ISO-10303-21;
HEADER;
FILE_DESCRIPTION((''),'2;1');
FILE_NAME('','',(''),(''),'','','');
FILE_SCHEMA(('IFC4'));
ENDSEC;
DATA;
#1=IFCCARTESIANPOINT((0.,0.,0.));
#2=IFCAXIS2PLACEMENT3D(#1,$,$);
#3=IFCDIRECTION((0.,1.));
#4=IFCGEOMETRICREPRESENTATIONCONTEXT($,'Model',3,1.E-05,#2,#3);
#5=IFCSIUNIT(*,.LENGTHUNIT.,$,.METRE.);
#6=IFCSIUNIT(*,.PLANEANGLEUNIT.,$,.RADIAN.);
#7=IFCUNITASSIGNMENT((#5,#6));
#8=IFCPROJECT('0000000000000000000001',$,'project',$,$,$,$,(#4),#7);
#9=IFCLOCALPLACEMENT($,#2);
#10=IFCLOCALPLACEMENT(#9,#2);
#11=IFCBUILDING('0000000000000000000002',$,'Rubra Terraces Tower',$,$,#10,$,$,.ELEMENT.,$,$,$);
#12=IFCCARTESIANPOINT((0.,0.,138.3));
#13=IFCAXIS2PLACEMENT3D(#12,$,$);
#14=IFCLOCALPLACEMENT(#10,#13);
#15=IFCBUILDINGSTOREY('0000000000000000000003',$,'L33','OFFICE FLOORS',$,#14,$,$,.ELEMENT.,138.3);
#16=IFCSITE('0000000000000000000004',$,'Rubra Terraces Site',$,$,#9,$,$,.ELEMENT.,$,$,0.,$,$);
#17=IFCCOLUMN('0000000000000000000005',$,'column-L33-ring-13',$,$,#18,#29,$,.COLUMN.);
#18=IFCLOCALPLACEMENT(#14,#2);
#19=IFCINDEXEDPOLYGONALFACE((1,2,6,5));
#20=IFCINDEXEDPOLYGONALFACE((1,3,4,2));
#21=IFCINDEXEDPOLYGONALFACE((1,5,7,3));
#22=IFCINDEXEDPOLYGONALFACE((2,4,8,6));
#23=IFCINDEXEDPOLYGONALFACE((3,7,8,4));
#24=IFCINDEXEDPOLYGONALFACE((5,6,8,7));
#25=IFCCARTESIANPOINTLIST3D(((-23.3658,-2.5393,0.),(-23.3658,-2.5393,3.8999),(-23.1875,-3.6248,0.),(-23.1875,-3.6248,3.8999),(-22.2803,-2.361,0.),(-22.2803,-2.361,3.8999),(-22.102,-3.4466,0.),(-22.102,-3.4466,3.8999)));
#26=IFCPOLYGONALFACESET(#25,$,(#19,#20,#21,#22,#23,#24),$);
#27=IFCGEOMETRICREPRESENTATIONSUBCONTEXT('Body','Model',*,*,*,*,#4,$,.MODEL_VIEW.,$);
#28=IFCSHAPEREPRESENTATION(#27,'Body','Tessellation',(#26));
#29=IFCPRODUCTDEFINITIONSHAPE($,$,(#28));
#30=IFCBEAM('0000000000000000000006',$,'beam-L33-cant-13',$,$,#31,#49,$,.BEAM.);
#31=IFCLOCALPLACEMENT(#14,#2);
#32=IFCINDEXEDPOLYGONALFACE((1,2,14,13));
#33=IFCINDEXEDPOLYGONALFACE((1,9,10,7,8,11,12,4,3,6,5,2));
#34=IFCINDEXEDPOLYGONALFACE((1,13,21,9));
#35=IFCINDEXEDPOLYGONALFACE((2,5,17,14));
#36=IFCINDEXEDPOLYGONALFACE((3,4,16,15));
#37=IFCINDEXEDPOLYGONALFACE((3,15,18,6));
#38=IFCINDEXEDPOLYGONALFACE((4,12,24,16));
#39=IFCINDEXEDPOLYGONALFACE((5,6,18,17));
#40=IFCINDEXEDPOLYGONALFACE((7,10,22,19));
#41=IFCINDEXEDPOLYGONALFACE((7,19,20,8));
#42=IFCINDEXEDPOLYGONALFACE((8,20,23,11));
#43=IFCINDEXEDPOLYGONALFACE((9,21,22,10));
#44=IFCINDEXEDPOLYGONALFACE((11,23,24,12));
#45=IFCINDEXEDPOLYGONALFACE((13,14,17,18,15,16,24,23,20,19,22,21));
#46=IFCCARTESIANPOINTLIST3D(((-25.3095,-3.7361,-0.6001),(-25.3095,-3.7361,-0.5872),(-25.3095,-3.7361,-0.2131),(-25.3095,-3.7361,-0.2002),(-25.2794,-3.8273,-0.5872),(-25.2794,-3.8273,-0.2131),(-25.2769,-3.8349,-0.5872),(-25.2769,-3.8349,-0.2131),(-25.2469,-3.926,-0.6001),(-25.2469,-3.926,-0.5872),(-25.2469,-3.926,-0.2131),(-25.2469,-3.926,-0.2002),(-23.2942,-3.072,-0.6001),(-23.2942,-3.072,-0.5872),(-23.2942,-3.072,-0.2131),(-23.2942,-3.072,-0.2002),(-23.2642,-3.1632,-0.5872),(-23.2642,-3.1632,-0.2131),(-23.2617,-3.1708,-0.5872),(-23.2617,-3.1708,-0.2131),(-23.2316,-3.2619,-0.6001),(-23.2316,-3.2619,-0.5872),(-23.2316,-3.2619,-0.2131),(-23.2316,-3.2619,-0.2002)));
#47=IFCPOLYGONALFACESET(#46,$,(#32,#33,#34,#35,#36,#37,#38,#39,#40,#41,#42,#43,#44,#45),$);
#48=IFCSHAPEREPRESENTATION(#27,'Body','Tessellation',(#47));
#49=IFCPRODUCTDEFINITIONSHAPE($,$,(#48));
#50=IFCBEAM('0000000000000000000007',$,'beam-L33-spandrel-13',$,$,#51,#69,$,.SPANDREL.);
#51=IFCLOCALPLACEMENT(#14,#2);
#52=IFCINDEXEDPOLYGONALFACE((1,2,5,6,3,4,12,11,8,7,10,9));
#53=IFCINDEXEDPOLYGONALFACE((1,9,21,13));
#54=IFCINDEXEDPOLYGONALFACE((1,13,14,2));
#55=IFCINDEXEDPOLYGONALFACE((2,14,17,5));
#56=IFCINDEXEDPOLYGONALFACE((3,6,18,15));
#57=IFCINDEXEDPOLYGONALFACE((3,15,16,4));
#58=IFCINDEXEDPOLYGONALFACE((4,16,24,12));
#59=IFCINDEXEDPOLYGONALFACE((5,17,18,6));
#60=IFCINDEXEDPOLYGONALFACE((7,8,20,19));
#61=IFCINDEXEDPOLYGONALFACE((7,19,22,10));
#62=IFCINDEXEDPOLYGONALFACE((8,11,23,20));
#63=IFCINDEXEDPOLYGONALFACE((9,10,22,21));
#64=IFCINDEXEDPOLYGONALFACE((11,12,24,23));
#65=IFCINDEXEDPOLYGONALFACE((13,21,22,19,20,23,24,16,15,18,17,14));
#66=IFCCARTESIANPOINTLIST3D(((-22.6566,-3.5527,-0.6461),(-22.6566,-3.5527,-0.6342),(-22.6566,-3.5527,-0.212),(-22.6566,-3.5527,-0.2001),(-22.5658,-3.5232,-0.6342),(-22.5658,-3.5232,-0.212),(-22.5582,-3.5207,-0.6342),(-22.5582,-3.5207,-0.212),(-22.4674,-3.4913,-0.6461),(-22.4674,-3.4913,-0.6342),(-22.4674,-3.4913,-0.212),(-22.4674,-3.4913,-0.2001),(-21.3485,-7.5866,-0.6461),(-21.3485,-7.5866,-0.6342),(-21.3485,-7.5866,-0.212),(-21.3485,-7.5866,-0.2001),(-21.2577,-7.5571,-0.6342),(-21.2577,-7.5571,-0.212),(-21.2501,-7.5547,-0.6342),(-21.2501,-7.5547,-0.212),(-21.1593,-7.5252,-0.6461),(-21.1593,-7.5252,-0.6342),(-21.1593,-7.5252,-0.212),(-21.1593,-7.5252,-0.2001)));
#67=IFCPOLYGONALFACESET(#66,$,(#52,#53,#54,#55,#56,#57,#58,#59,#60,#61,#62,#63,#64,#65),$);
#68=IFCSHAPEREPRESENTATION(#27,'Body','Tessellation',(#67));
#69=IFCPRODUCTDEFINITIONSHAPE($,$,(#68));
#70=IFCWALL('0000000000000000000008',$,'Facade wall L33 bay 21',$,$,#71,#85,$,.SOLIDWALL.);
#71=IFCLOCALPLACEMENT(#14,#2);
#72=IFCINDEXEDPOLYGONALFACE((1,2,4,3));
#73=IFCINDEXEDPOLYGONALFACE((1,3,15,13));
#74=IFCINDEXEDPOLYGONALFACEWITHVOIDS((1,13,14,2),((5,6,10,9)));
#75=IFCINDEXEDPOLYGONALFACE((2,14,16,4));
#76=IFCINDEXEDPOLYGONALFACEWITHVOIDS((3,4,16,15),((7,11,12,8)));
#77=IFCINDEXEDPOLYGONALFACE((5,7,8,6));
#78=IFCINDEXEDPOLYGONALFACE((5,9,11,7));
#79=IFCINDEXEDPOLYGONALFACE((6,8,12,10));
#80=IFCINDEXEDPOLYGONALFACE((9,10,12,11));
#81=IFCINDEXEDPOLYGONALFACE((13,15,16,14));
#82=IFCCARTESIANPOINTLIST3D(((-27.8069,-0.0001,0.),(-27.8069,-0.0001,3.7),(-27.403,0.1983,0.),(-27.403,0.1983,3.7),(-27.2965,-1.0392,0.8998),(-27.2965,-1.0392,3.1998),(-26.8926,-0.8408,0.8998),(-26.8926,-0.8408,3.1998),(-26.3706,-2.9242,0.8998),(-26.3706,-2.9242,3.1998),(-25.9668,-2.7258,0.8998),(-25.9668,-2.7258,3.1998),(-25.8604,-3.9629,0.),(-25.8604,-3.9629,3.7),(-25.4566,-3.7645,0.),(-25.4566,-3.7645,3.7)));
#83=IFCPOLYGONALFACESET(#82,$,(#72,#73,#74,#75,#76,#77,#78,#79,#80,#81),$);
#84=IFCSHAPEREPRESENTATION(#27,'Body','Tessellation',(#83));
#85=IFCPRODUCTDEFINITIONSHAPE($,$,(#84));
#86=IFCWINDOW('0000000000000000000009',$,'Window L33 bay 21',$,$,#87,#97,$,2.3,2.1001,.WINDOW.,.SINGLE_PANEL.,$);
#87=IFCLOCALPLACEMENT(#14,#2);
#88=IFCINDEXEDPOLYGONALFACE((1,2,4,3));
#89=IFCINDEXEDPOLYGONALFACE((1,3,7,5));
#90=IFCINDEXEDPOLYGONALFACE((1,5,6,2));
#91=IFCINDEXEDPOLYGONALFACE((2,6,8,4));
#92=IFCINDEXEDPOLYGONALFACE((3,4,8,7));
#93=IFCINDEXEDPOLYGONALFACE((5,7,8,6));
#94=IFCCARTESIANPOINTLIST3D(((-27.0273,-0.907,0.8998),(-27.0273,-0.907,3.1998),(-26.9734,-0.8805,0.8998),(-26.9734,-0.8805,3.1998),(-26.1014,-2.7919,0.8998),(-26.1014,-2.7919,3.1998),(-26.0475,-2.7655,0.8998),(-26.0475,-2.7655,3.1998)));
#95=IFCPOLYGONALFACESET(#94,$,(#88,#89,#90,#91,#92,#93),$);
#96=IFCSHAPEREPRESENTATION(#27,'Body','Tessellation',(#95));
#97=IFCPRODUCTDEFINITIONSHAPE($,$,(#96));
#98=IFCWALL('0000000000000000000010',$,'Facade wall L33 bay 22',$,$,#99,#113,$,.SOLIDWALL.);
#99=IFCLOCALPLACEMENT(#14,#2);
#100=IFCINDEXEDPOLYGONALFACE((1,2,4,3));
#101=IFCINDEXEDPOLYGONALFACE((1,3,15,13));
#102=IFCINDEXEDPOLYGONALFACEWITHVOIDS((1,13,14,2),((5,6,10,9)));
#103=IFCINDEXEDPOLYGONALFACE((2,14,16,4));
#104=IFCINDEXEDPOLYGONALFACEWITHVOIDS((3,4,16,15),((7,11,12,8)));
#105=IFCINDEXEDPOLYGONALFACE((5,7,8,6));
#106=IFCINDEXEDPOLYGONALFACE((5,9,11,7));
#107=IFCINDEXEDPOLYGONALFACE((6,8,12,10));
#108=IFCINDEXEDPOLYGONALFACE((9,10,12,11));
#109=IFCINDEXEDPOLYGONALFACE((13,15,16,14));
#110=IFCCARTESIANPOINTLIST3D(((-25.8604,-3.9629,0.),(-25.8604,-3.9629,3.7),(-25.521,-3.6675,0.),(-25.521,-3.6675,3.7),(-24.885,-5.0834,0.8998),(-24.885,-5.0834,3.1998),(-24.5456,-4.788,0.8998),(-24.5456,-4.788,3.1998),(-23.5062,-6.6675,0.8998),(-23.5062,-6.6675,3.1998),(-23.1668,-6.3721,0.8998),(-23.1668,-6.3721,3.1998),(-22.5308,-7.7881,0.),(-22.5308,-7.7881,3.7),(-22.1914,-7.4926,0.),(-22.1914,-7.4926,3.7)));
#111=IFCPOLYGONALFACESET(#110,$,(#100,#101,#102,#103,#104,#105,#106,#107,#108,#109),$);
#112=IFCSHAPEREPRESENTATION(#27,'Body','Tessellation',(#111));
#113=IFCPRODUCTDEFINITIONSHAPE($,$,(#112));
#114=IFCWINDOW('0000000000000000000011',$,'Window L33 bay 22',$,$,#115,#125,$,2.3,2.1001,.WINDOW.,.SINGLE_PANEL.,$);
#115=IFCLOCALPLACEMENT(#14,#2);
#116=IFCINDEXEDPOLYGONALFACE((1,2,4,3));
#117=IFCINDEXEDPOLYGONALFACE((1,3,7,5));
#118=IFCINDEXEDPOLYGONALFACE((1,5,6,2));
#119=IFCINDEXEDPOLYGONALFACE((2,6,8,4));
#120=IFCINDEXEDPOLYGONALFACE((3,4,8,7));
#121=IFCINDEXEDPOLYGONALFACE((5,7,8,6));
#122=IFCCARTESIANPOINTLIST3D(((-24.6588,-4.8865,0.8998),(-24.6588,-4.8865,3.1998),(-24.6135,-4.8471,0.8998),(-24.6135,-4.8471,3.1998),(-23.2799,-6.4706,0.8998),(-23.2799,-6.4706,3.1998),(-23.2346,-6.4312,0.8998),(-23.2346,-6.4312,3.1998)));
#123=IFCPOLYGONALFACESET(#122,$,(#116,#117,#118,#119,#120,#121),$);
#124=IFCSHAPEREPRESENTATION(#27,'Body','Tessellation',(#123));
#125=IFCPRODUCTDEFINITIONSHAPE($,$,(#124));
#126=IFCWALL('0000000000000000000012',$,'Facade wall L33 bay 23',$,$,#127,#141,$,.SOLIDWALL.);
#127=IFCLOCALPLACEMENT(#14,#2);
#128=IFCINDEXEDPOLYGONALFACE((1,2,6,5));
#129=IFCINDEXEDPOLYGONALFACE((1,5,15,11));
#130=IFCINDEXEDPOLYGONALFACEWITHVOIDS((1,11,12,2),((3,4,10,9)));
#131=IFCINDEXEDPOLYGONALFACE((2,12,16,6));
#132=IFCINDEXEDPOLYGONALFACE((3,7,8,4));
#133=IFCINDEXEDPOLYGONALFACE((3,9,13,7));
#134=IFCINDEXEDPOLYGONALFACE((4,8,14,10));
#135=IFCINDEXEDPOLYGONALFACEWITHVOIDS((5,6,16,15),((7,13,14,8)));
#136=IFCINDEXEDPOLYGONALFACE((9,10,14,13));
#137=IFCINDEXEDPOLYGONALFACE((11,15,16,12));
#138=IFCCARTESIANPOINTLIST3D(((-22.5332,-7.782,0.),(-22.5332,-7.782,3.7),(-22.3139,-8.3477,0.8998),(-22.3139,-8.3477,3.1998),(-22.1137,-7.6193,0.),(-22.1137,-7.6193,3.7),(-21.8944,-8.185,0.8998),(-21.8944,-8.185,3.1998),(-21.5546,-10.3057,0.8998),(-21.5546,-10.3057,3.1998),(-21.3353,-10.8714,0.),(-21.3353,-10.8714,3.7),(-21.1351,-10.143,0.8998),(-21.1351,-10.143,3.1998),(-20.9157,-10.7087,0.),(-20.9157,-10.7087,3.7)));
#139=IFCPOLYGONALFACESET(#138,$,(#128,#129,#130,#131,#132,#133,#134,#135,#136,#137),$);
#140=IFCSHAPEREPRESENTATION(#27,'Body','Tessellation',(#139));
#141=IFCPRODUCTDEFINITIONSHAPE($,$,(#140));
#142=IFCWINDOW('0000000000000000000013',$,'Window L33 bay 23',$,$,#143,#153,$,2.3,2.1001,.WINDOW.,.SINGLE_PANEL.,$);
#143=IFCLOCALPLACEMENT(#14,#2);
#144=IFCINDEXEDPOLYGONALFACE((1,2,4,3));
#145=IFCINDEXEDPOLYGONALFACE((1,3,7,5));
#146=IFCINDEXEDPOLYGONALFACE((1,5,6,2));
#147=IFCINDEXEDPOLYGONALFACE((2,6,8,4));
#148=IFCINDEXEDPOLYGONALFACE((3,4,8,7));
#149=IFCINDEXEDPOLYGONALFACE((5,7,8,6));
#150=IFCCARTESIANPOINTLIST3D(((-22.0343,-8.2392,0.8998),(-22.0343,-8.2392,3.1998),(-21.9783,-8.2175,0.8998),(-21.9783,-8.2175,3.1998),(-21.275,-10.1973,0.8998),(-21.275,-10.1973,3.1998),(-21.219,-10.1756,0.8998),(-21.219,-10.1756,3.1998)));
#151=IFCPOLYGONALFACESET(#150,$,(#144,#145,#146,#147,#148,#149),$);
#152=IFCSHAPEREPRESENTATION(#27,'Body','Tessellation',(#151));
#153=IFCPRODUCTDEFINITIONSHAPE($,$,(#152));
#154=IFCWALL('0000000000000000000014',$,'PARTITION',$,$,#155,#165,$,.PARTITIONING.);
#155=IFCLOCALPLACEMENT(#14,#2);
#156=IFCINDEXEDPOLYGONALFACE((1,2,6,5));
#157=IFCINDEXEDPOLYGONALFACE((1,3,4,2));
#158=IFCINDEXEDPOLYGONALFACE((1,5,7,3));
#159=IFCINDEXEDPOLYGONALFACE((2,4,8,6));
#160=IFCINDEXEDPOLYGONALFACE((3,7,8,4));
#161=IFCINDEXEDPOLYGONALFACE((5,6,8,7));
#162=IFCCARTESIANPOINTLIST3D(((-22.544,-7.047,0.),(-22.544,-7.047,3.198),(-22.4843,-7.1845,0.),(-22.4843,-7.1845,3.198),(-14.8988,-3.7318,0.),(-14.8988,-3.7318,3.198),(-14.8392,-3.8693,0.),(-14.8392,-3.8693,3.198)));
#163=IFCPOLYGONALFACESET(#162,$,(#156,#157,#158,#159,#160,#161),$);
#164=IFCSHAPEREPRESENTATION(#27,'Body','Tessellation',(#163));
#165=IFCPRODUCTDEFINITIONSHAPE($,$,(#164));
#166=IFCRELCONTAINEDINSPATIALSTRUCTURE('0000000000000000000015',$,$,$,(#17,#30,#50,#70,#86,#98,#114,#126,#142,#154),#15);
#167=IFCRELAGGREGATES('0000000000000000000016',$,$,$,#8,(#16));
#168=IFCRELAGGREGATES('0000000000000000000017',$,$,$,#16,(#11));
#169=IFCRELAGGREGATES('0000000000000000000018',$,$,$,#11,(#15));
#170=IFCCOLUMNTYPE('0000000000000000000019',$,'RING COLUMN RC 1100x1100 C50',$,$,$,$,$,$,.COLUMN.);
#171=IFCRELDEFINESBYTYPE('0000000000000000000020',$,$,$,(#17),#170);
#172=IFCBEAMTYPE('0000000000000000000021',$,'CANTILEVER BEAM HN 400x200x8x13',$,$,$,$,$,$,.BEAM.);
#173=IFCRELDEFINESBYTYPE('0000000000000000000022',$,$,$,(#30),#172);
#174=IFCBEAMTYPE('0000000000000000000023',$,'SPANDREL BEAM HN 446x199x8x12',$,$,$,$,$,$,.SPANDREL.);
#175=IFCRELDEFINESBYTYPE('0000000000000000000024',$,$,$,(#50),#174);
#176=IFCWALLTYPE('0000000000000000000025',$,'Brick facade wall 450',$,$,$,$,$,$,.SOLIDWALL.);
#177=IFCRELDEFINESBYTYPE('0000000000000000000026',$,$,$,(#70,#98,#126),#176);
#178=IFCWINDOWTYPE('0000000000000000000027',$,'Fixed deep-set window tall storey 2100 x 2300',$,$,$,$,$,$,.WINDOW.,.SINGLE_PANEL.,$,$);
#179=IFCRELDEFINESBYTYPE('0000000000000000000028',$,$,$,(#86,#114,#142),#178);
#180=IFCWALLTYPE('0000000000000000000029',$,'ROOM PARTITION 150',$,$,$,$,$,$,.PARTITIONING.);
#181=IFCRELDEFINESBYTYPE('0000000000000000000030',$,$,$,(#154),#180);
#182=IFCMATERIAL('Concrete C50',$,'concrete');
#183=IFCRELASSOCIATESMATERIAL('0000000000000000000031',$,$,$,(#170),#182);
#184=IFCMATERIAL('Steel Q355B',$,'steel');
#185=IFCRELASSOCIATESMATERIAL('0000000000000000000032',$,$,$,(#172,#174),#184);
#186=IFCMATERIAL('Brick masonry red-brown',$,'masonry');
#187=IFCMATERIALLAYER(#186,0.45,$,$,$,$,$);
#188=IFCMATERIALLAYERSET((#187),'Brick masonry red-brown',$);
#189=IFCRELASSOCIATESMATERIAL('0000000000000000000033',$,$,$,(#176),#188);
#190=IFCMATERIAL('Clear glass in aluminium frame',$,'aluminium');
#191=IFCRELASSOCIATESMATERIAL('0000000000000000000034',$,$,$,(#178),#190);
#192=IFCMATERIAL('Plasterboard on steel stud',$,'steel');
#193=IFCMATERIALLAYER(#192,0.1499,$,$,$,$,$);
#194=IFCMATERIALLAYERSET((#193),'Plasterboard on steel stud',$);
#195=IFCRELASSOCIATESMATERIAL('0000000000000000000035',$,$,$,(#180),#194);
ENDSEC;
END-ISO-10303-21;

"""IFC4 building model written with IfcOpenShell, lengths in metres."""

from ifc_helpers import new_model, si_unit, direction, frame, frame_2d, origin, origin_2d, place, context, subcontext, project, spatial, rectangle, i_section, extrude, material, layer, layer_set, material_profile, profile_set, type_object, element, fill, save


model = new_model("IFC4")

# Units and contexts
model_context = context("Model", 3, precision=1e-05, world=origin(), true_north=direction((0.0, 1.0)))
body_context = subcontext(model_context, "Body", "Model", "MODEL_VIEW")
ifc_project = project(units=[si_unit("LENGTHUNIT", "METRE"), si_unit("PLANEANGLEUNIT", "RADIAN")], contexts=[model_context])

# Site, building, storey
site_placement = place(None, origin())
site = spatial("IfcSite", under=ifc_project, at=site_placement, Name="Rubra Terraces Site", CompositionType="ELEMENT", RefElevation=0.0)
building_placement = place(site_placement, origin())
building = spatial("IfcBuilding", under=site, at=building_placement, Name="Rubra Terraces Tower", CompositionType="ELEMENT")
storey_placement = place(building_placement, frame((0.0, 0.0, 138.3)))
storey = spatial("IfcBuildingStorey", under=building, at=storey_placement, Name="L33", Description="OFFICE FLOORS", CompositionType="ELEMENT", Elevation=138.3)

# Column
ifc_material_1 = material(Name="Concrete C50", Category="concrete")
ifc_material_profile_1 = material_profile(ifc_material_1, rectangle(XDim=1.1001, YDim=1.1001, at=origin_2d()), Name="RC 1100x1100")
ifc_profile_set_1 = profile_set([ifc_material_profile_1], Name="Concrete C50")
column_type = type_object("IfcColumnType", Name="RING COLUMN RC 1100x1100 C50", PredefinedType="COLUMN", material=ifc_profile_set_1)
column_placement = place(storey_placement, frame((-22.7339, -2.9929, 0.0), z_axis=(0.0, 0.0, 1.0), x_axis=(0.162062, -0.986781, 0.0)))
element("IfcColumn", 1, at=column_placement, inside=storey, type_object=column_type, Name="column-L33-ring-13", PredefinedType="COLUMN", context=body_context, shape_type="SweptSolid", body=[
    extrude(rectangle(XDim=1.1001, YDim=1.1001, at=origin_2d()), origin(), (0.0, 0.0, 1.0), 3.8999),
])

# Beams
ifc_material_2 = material(Name="Steel Q355B", Category="steel")
ifc_material_profile_2 = material_profile(ifc_material_2, i_section(OverallWidth=0.2, OverallDepth=0.3999, WebThickness=0.0081, FlangeThickness=0.0129, at=origin_2d()), Name="HN 400x200x8x13")
ifc_profile_set_2 = profile_set([ifc_material_profile_2], Name="Steel Q355B")
beam_type_1 = type_object("IfcBeamType", Name="CANTILEVER BEAM HN 400x200x8x13", PredefinedType="BEAM", material=ifc_profile_set_2)
beam_1_placement = place(storey_placement, frame((-23.2629, -3.167, -0.4001), z_axis=(-0.949759, -0.312981, 0.0), x_axis=(0.312981, -0.949759, 0.0)))
element("IfcBeam", 2, at=beam_1_placement, inside=storey, type_object=beam_type_1, Name="beam-L33-cant-13", PredefinedType="BEAM", context=body_context, shape_type="SweptSolid", body=[
    extrude(i_section(OverallWidth=0.2, OverallDepth=0.3999, WebThickness=0.0081, FlangeThickness=0.0129, at=origin_2d()), origin(), (0.0, 0.0, 1.0), 2.1218),
])
ifc_material_profile_3 = material_profile(ifc_material_2, i_section(OverallWidth=0.199, OverallDepth=0.446, WebThickness=0.0081, FlangeThickness=0.012, at=origin_2d()), Name="HN 446x199x8x12")
ifc_profile_set_3 = profile_set([ifc_material_profile_3], Name="Steel Q355B")
beam_type_2 = type_object("IfcBeamType", Name="SPANDREL BEAM HN 446x199x8x12", PredefinedType="SPANDREL", material=ifc_profile_set_3)
beam_2_placement = place(storey_placement, frame((-22.562, -3.522, -0.4231), z_axis=(0.308462, -0.951237, 0.0), x_axis=(0.951237, 0.308462, 0.0)))
element("IfcBeam", 3, at=beam_2_placement, inside=storey, type_object=beam_type_2, Name="beam-L33-spandrel-13", PredefinedType="SPANDREL", context=body_context, shape_type="SweptSolid", body=[
    extrude(i_section(OverallWidth=0.199, OverallDepth=0.446, WebThickness=0.0081, FlangeThickness=0.012, at=origin_2d()), origin(), (0.0, 0.0, 1.0), 4.2407),
])

# Walls, openings, windows
ifc_material_3 = material(Name="Brick masonry red-brown", Category="masonry")
ifc_layer_1 = layer(ifc_material_3, 0.45)
ifc_layer_set_1 = layer_set([ifc_layer_1], Name="Brick masonry red-brown")
wall_type_1 = type_object("IfcWallType", Name="Brick facade wall 450", PredefinedType="SOLIDWALL", material=ifc_layer_set_1)
wall_1_placement = place(storey_placement, frame((-27.605, 0.0991, 0.0), z_axis=(0.0, 0.0, 1.0), x_axis=(0.440877, -0.897568, 0.0)))
wall_1 = element("IfcWall", 4, at=wall_1_placement, inside=storey, type_object=wall_type_1, Name="Facade wall L33 bay 21", PredefinedType="SOLIDWALL", context=body_context, shape_type="SweptSolid", body=[
    extrude(rectangle(XDim=4.415, YDim=0.45, at=frame_2d((2.2075, 0.0))), origin(), (0.0, 0.0, 1.0), 3.7),
])
opening_1_placement = place(wall_1_placement, frame((1.1577, 0.0, 0.8999)))
opening_1 = element("IfcOpeningElement", 5, at=opening_1_placement, cuts=wall_1, PredefinedType="OPENING", context=body_context, shape_type="SweptSolid", body=[
    extrude(rectangle(XDim=2.1001, YDim=2.3, at=frame_2d((1.05, 1.1499))), frame((0.0, 0.2349, 0.0), z_axis=(0.0, -1.0, 0.0), x_axis=(1.0, 0.0, 0.0)), (0.0, 0.0, 1.0), 0.47),
])
ifc_material_4 = material(Name="Clear glass in aluminium frame", Category="aluminium")
window_type = type_object("IfcWindowType", Name="Fixed deep-set window tall storey 2100 x 2300", PartitioningType="SINGLE_PANEL", PredefinedType="WINDOW", material=ifc_material_4)
window_1_placement = place(opening_1_placement, origin())
window_1 = element("IfcWindow", 6, at=window_1_placement, inside=storey, type_object=window_type, Name="Window L33 bay 21", OverallHeight=2.3, OverallWidth=2.1001, PartitioningType="SINGLE_PANEL", PredefinedType="WINDOW", context=body_context, shape_type="SweptSolid", body=[
    extrude(rectangle(XDim=2.1001, YDim=2.3, at=frame_2d((1.05, 1.1499))), frame((0.0, 0.135, 0.0), z_axis=(0.0, -1.0, 0.0), x_axis=(1.0, 0.0, 0.0)), (0.0, 0.0, 1.0), 0.0601),
])
fill(opening_1, window_1)
wall_2_placement = place(storey_placement, frame((-25.6907, -3.8152, 0.0), z_axis=(0.0, 0.0, 1.0), x_axis=(0.656553, -0.75428, 0.0)))
wall_2 = element("IfcWall", 7, at=wall_2_placement, inside=storey, type_object=wall_type_1, Name="Facade wall L33 bay 22", PredefinedType="SOLIDWALL", context=body_context, shape_type="SweptSolid", body=[
    extrude(rectangle(XDim=5.0713, YDim=0.45, at=frame_2d((2.5356, 0.0))), origin(), (0.0, 0.0, 1.0), 3.7),
])
opening_2_placement = place(wall_2_placement, frame((1.4856, 0.0, 0.8999)))
opening_2 = element("IfcOpeningElement", 8, at=opening_2_placement, cuts=wall_2, PredefinedType="OPENING", context=body_context, shape_type="SweptSolid", body=[
    extrude(rectangle(XDim=2.1001, YDim=2.3, at=frame_2d((1.05, 1.1499))), frame((0.0, 0.2349, 0.0), z_axis=(0.0, -1.0, 0.0), x_axis=(1.0, 0.0, 0.0)), (0.0, 0.0, 1.0), 0.47),
])
window_2_placement = place(opening_2_placement, origin())
window_2 = element("IfcWindow", 9, at=window_2_placement, inside=storey, type_object=window_type, Name="Window L33 bay 22", OverallHeight=2.3, OverallWidth=2.1001, PartitioningType="SINGLE_PANEL", PredefinedType="WINDOW", context=body_context, shape_type="SweptSolid", body=[
    extrude(rectangle(XDim=2.1001, YDim=2.3, at=frame_2d((1.05, 1.1499))), frame((0.0, 0.135, 0.0), z_axis=(0.0, -1.0, 0.0), x_axis=(1.0, 0.0, 0.0)), (0.0, 0.0, 1.0), 0.0601),
])
fill(opening_2, window_2)
wall_3_placement = place(storey_placement, frame((-22.3235, -7.7007, 0.0), z_axis=(0.0, 0.0, 1.0), x_axis=(0.36155, -0.932353, 0.0)))
wall_3 = element("IfcWall", 10, at=wall_3_placement, inside=storey, type_object=wall_type_1, Name="Facade wall L33 bay 23", PredefinedType="SOLIDWALL", context=body_context, shape_type="SweptSolid", body=[
    extrude(rectangle(XDim=3.3135, YDim=0.45, at=frame_2d((1.6567, 0.0))), origin(), (0.0, 0.0, 1.0), 3.7),
])
opening_3_placement = place(wall_3_placement, frame((0.6067, 0.0, 0.8999)))
opening_3 = element("IfcOpeningElement", 11, at=opening_3_placement, cuts=wall_3, PredefinedType="OPENING", context=body_context, shape_type="SweptSolid", body=[
    extrude(rectangle(XDim=2.1001, YDim=2.3, at=frame_2d((1.05, 1.1499))), frame((0.0, 0.2349, 0.0), z_axis=(0.0, -1.0, 0.0), x_axis=(1.0, 0.0, 0.0)), (0.0, 0.0, 1.0), 0.47),
])
window_3_placement = place(opening_3_placement, origin())
window_3 = element("IfcWindow", 12, at=window_3_placement, inside=storey, type_object=window_type, Name="Window L33 bay 23", OverallHeight=2.3, OverallWidth=2.1001, PartitioningType="SINGLE_PANEL", PredefinedType="WINDOW", context=body_context, shape_type="SweptSolid", body=[
    extrude(rectangle(XDim=2.1001, YDim=2.3, at=frame_2d((1.05, 1.1499))), frame((0.0, 0.135, 0.0), z_axis=(0.0, -1.0, 0.0), x_axis=(1.0, 0.0, 0.0)), (0.0, 0.0, 1.0), 0.0601),
])
fill(opening_3, window_3)

# Wall
ifc_material_5 = material(Name="Plasterboard on steel stud", Category="steel")
ifc_layer_2 = layer(ifc_material_5, 0.1499)
ifc_layer_set_2 = layer_set([ifc_layer_2], Name="Plasterboard on steel stud")
wall_type_2 = type_object("IfcWallType", Name="ROOM PARTITION 150", PredefinedType="PARTITIONING", material=ifc_layer_set_2)
wall_4_placement = place(storey_placement, frame((-22.5142, -7.1157, 0.0), z_axis=(0.0, 0.0, 1.0), x_axis=(0.917458, 0.397834, 0.0)))
element("IfcWall", 13, at=wall_4_placement, inside=storey, type_object=wall_type_2, Name="PARTITION", PredefinedType="PARTITIONING", context=body_context, shape_type="SweptSolid", body=[
    extrude(rectangle(XDim=8.333, YDim=0.1499, at=frame_2d((4.1665, 0.0))), origin(), (0.0, 0.0, 1.0), 3.198),
])

save(model, "model.ifc")
